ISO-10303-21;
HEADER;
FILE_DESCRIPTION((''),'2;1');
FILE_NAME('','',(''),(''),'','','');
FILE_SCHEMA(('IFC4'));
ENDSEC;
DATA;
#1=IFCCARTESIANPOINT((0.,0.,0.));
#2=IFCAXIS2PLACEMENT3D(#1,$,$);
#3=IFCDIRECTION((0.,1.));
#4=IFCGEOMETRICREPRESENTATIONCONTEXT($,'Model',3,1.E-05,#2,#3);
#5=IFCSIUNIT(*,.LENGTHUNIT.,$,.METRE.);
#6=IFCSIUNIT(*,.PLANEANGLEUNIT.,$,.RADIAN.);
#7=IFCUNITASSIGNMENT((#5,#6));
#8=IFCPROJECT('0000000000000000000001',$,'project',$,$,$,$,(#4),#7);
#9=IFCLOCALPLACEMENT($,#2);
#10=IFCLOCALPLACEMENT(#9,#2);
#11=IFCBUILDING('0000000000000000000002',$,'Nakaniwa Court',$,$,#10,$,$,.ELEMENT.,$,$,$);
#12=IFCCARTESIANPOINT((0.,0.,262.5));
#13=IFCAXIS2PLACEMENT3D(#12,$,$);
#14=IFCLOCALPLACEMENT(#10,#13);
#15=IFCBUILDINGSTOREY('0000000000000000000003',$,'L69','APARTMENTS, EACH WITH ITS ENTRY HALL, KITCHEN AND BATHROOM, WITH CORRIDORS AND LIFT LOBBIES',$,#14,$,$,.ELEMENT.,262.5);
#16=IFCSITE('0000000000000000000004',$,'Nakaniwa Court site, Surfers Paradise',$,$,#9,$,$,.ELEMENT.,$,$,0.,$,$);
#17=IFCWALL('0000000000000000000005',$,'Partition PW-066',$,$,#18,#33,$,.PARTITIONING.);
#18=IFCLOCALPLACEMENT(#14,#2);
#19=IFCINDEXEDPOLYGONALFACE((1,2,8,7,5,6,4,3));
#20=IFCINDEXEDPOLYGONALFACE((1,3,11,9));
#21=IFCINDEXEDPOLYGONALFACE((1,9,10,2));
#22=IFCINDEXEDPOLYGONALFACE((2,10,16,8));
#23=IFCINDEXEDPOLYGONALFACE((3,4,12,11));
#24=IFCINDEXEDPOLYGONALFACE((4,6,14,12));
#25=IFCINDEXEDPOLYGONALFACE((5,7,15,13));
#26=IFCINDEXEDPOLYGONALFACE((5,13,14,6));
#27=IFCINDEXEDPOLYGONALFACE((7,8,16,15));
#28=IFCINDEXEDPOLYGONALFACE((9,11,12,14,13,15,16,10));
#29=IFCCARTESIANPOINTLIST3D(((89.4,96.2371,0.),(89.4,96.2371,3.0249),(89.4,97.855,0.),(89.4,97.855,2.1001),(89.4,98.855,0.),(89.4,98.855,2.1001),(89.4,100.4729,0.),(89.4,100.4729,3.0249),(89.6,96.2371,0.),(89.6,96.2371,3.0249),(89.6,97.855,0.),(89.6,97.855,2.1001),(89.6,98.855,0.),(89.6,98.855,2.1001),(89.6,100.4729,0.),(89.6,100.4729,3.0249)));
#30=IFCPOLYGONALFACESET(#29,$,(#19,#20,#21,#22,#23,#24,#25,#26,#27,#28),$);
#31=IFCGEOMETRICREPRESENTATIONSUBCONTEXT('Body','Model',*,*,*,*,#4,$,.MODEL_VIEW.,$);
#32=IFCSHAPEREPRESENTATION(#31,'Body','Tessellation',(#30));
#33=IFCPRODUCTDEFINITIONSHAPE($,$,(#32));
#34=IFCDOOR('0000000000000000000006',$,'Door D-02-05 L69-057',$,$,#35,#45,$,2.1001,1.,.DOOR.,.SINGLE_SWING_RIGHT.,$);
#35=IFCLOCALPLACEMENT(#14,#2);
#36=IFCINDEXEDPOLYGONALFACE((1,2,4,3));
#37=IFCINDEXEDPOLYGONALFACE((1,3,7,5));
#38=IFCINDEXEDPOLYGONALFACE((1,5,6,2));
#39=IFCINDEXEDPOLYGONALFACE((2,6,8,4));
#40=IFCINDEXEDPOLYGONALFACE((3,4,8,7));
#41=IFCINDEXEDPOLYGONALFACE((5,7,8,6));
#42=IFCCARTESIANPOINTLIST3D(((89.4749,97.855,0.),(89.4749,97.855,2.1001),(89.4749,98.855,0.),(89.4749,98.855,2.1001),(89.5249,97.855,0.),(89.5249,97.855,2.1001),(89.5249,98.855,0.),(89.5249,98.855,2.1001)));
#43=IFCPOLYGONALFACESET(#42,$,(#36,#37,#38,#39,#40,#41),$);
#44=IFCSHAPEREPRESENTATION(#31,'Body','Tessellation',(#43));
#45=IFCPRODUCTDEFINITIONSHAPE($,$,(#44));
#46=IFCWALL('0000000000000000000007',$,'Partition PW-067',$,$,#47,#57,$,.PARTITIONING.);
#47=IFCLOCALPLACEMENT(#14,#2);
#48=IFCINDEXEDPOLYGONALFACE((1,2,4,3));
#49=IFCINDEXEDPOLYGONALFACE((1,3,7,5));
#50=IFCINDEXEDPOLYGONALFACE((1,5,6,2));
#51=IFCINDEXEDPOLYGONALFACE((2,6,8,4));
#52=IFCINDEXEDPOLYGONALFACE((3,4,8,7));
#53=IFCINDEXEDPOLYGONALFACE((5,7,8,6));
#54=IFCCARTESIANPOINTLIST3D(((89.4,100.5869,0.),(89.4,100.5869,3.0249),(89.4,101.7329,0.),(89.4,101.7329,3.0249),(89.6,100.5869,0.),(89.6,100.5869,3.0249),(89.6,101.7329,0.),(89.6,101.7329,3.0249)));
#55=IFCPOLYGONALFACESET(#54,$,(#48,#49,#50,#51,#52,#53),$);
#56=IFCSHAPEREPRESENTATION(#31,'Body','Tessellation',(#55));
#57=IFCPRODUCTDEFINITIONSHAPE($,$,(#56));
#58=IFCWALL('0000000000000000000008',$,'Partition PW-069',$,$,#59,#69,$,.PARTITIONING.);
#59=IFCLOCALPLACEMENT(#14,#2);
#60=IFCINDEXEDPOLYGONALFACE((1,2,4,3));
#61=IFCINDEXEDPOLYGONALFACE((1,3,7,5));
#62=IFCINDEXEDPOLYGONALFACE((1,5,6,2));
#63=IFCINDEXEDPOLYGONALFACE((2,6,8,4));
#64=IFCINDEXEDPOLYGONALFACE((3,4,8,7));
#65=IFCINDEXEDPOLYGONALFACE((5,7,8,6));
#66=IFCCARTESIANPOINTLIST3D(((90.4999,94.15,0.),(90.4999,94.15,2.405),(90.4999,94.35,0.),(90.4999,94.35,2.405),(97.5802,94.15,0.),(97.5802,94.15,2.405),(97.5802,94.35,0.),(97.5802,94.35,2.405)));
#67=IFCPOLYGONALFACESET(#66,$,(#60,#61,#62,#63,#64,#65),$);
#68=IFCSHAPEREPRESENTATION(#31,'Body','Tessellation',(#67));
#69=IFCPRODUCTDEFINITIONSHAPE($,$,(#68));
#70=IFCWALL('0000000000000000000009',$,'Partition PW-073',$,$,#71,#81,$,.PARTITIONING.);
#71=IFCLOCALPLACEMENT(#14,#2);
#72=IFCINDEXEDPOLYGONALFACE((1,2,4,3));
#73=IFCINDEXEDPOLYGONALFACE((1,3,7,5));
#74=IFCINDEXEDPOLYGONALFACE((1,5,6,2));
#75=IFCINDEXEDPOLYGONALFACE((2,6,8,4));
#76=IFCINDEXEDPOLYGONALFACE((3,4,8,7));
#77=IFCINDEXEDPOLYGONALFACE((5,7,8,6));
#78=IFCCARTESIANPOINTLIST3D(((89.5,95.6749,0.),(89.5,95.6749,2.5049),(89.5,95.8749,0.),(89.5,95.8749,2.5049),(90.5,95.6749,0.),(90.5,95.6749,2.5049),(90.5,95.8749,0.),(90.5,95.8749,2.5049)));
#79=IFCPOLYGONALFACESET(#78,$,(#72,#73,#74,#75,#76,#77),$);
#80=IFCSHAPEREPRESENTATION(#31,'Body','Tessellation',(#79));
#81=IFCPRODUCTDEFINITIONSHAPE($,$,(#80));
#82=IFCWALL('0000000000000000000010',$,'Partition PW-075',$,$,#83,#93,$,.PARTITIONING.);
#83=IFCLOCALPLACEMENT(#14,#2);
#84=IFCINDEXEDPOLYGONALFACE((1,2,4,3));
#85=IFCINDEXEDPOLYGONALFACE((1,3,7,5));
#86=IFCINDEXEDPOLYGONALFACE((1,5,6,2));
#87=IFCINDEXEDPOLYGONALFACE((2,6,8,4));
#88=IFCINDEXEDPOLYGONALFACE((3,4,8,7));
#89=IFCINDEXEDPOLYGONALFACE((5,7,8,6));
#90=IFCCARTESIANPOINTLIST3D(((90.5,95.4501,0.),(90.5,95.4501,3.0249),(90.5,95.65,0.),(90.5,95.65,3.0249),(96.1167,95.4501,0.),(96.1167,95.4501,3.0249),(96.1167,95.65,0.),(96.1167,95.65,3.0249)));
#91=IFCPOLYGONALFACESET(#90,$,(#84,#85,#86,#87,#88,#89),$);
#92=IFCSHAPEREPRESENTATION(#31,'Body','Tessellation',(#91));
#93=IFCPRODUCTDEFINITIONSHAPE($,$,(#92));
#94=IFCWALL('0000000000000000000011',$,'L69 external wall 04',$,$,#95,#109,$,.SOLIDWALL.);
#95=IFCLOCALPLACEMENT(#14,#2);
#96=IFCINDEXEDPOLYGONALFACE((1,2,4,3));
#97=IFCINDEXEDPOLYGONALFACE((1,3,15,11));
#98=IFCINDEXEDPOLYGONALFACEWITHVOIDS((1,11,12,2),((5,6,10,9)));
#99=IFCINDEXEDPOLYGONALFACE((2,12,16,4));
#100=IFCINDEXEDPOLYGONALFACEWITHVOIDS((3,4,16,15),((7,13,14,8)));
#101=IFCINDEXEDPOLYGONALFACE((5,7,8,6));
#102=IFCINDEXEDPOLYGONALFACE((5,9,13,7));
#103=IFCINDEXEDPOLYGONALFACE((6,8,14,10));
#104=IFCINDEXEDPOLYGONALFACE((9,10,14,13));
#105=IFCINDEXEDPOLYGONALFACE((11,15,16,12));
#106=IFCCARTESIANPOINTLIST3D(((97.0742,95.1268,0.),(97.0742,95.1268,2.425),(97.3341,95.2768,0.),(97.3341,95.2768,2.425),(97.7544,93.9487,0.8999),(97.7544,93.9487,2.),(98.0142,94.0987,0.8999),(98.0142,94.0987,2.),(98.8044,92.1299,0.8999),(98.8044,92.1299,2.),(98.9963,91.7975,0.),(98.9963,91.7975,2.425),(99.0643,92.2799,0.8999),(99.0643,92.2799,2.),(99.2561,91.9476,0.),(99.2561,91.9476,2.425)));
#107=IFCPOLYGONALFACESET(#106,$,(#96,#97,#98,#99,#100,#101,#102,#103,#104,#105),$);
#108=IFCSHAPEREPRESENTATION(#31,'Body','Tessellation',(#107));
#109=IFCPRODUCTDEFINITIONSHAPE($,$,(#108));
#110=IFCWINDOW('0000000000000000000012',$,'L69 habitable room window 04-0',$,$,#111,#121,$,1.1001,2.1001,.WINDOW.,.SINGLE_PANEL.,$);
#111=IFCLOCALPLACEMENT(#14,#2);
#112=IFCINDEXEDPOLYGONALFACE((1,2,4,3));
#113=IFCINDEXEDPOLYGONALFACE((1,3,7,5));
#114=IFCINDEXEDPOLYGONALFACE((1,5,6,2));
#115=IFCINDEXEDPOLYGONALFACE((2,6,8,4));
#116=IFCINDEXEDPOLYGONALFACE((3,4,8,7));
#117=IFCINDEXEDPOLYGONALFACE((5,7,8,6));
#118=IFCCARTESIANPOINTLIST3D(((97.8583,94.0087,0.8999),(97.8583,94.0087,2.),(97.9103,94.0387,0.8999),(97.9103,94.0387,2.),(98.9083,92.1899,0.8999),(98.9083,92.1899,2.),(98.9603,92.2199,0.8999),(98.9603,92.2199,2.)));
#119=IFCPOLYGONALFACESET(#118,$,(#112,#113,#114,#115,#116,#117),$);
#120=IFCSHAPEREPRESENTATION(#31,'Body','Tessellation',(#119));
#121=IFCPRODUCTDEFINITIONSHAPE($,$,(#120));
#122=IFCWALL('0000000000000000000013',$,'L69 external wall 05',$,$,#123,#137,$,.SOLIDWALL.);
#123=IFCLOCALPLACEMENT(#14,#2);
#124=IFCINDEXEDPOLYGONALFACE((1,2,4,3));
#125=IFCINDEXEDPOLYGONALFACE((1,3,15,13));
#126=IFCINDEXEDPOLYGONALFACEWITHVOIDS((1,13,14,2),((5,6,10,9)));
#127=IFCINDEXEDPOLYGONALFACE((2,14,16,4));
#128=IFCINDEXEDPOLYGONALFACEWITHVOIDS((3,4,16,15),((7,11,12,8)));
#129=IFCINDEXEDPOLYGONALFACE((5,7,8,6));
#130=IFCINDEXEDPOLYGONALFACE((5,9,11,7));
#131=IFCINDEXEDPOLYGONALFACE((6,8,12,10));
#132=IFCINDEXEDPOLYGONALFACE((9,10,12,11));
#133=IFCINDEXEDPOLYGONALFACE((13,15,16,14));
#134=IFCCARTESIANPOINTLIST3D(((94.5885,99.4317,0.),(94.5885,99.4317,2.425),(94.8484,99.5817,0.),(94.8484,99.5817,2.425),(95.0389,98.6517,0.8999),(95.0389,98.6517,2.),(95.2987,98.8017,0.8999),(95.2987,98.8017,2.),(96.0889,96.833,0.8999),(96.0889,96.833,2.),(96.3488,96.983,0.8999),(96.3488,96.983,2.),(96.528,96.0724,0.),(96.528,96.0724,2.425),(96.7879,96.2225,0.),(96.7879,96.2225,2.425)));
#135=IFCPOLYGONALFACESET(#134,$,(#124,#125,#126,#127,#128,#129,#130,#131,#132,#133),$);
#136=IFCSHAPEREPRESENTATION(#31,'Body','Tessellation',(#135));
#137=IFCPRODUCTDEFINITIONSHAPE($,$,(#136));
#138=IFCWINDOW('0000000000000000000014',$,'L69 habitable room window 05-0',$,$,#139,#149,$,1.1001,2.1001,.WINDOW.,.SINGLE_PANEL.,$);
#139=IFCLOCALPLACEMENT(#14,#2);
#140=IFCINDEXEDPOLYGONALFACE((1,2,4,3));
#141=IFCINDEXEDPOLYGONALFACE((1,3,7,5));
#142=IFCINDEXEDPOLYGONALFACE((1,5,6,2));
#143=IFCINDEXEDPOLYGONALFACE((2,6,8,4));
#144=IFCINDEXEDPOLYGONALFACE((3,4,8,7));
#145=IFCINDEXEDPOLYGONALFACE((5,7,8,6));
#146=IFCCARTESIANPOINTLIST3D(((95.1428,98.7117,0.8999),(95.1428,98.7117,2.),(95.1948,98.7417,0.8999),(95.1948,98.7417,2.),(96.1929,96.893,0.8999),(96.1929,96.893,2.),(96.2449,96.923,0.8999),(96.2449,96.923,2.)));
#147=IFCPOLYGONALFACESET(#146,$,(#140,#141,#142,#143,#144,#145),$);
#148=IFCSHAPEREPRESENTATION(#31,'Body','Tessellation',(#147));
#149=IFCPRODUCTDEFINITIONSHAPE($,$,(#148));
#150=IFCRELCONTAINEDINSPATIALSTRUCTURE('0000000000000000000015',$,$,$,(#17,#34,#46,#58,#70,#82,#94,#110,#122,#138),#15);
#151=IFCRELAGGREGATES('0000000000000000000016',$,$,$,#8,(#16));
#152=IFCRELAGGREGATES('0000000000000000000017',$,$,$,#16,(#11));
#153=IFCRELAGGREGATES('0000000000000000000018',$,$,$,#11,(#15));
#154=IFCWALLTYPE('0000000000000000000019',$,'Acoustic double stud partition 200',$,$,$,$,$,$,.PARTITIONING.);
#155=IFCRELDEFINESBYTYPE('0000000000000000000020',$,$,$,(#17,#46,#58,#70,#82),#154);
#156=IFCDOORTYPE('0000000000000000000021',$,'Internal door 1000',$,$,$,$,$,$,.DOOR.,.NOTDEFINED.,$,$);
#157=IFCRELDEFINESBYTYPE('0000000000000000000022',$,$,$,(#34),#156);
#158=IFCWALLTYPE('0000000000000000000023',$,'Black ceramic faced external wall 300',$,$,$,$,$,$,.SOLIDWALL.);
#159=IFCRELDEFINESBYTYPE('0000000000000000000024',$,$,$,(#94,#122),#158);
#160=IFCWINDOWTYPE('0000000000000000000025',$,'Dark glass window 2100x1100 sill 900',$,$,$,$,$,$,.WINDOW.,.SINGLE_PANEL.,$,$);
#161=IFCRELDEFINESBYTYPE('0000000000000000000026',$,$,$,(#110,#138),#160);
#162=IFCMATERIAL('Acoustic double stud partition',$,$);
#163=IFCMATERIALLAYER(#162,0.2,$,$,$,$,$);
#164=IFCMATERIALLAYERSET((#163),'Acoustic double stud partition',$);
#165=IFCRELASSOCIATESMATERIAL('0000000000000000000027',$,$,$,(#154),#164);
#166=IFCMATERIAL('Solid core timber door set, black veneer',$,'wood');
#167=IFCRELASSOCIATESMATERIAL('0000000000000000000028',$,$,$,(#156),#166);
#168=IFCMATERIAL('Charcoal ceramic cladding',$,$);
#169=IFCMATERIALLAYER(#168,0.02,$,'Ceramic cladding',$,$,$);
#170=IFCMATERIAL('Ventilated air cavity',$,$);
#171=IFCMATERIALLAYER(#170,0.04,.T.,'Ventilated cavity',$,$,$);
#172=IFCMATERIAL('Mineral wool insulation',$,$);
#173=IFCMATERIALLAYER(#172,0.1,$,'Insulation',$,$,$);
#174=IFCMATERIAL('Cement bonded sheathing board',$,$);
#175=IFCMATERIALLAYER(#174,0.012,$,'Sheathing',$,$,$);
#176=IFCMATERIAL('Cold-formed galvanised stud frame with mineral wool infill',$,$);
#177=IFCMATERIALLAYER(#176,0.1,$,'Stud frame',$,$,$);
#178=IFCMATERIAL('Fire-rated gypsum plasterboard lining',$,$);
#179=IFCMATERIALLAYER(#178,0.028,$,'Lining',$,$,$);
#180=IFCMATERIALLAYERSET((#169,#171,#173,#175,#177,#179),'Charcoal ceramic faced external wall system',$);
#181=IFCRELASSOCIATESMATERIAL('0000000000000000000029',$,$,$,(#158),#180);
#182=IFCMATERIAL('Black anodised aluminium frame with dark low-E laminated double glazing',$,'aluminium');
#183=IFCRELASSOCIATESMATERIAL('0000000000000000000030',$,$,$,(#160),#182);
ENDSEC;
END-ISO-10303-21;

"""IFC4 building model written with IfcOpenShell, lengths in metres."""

from ifc_helpers import new_model, si_unit, direction, frame, frame_2d, origin, place, context, subcontext, project, spatial, rectangle, extrude, material, layer, layer_set, type_object, element, fill, save


model = new_model("IFC4")

# Units and contexts
model_context = context("Model", 3, precision=1e-05, world=origin(), true_north=direction((0.0, 1.0)))
body_context = subcontext(model_context, "Body", "Model", "MODEL_VIEW")
ifc_project = project(units=[si_unit("LENGTHUNIT", "METRE"), si_unit("PLANEANGLEUNIT", "RADIAN")], contexts=[model_context])

# Site, building, storey
site_placement = place(None, origin())
site = spatial("IfcSite", under=ifc_project, at=site_placement, Name="Nakaniwa Court site, Surfers Paradise", CompositionType="ELEMENT", RefElevation=0.0)
building_placement = place(site_placement, origin())
building = spatial("IfcBuilding", under=site, at=building_placement, Name="Nakaniwa Court", CompositionType="ELEMENT")
storey_placement = place(building_placement, frame((0.0, 0.0, 262.5)))
storey = spatial("IfcBuildingStorey", under=building, at=storey_placement, Name="L69", Description="APARTMENTS, EACH WITH ITS ENTRY HALL, KITCHEN AND BATHROOM, WITH CORRIDORS AND LIFT LOBBIES", CompositionType="ELEMENT", Elevation=262.5)

# Wall, opening, door
ifc_material_1 = material(Name="Acoustic double stud partition")
ifc_layer_1 = layer(ifc_material_1, 0.2)
ifc_layer_set_1 = layer_set([ifc_layer_1], Name="Acoustic double stud partition")
wall_type_1 = type_object("IfcWallType", Name="Acoustic double stud partition 200", PredefinedType="PARTITIONING", material=ifc_layer_set_1)
wall_1_placement = place(storey_placement, frame((89.5, 100.4729, 0.0), z_axis=(0.0, 0.0, 1.0), x_axis=(0.0, -1.0, 0.0)))
wall_1 = element("IfcWall", 1, at=wall_1_placement, inside=storey, type_object=wall_type_1, Name="Partition PW-066", PredefinedType="PARTITIONING", context=body_context, shape_type="SweptSolid", body=[
    extrude(rectangle(XDim=4.2358, YDim=0.2, at=frame_2d((2.1179, 0.0))), origin(), (0.0, 0.0, 1.0), 3.0249),
])
opening_1_placement = place(wall_1_placement, frame((1.6179, 0.0, 0.0)))
opening_1 = element("IfcOpeningElement", 2, at=opening_1_placement, cuts=wall_1, PredefinedType="OPENING", context=body_context, shape_type="SweptSolid", body=[
    extrude(rectangle(XDim=1.0, YDim=2.1001, at=frame_2d((0.5, 1.05))), frame((0.0, 0.1099, 0.0), z_axis=(0.0, -1.0, 0.0), x_axis=(1.0, 0.0, 0.0)), (0.0, 0.0, 1.0), 0.22),
])
ifc_material_2 = material(Name="Solid core timber door set, black veneer", Category="wood")
door_type = type_object("IfcDoorType", Name="Internal door 1000", OperationType="NOTDEFINED", PredefinedType="DOOR", material=ifc_material_2)
door_placement = place(opening_1_placement, origin())
door = element("IfcDoor", 3, at=door_placement, inside=storey, type_object=door_type, Name="Door D-02-05 L69-057", OperationType="SINGLE_SWING_RIGHT", OverallHeight=2.1001, OverallWidth=1.0, PredefinedType="DOOR", context=body_context, shape_type="SweptSolid", body=[
    extrude(rectangle(XDim=1.0, YDim=2.1001, at=frame_2d((0.5, 1.05))), frame((0.0, 0.0249, 0.0), z_axis=(0.0, -1.0, 0.0), x_axis=(1.0, 0.0, 0.0)), (0.0, 0.0, 1.0), 0.05),
])
fill(opening_1, door)

# Walls
wall_2_placement = place(storey_placement, frame((89.5, 100.5869, 0.0), z_axis=(0.0, 0.0, 1.0), x_axis=(0.0, 1.0, 0.0)))
element("IfcWall", 4, at=wall_2_placement, inside=storey, type_object=wall_type_1, Name="Partition PW-067", PredefinedType="PARTITIONING", context=body_context, shape_type="SweptSolid", body=[
    extrude(rectangle(XDim=1.146, YDim=0.2, at=frame_2d((0.573, 0.0))), origin(), (0.0, 0.0, 1.0), 3.0249),
])
wall_3_placement = place(storey_placement, frame((90.5, 94.25, 0.0), z_axis=(0.0, 0.0, 1.0), x_axis=(1.0, 0.0, 0.0)))
element("IfcWall", 5, at=wall_3_placement, inside=storey, type_object=wall_type_1, Name="Partition PW-069", PredefinedType="PARTITIONING", context=body_context, shape_type="SweptSolid", body=[
    extrude(rectangle(XDim=7.0803, YDim=0.2, at=frame_2d((3.54, 0.0))), origin(), (0.0, 0.0, 1.0), 2.405),
])
wall_4_placement = place(storey_placement, frame((89.5, 95.7749, 0.0), z_axis=(0.0, 0.0, 1.0), x_axis=(1.0, 0.0, 0.0)))
element("IfcWall", 6, at=wall_4_placement, inside=storey, type_object=wall_type_1, Name="Partition PW-073", PredefinedType="PARTITIONING", context=body_context, shape_type="SweptSolid", body=[
    extrude(rectangle(XDim=1.0, YDim=0.2, at=frame_2d((0.5, 0.0))), origin(), (0.0, 0.0, 1.0), 2.5049),
])
wall_5_placement = place(storey_placement, frame((90.5, 95.55, 0.0), z_axis=(0.0, 0.0, 1.0), x_axis=(1.0, 0.0, 0.0)))
element("IfcWall", 7, at=wall_5_placement, inside=storey, type_object=wall_type_1, Name="Partition PW-075", PredefinedType="PARTITIONING", context=body_context, shape_type="SweptSolid", body=[
    extrude(rectangle(XDim=5.6167, YDim=0.2, at=frame_2d((2.8083, 0.0))), origin(), (0.0, 0.0, 1.0), 3.0249),
])

# Walls, openings, windows
ifc_material_3 = material(Name="Charcoal ceramic cladding")
ifc_layer_2 = layer(ifc_material_3, 0.02, Name="Ceramic cladding")
ifc_material_4 = material(Name="Ventilated air cavity")
ifc_layer_3 = layer(ifc_material_4, 0.04, ventilated=True, Name="Ventilated cavity")
ifc_material_5 = material(Name="Mineral wool insulation")
ifc_layer_4 = layer(ifc_material_5, 0.1, Name="Insulation")
ifc_material_6 = material(Name="Cement bonded sheathing board")
ifc_layer_5 = layer(ifc_material_6, 0.012, Name="Sheathing")
ifc_material_7 = material(Name="Cold-formed galvanised stud frame with mineral wool infill")
ifc_layer_6 = layer(ifc_material_7, 0.1, Name="Stud frame")
ifc_material_8 = material(Name="Fire-rated gypsum plasterboard lining")
ifc_layer_7 = layer(ifc_material_8, 0.028, Name="Lining")
ifc_layer_set_2 = layer_set([ifc_layer_2, ifc_layer_3, ifc_layer_4, ifc_layer_5, ifc_layer_6, ifc_layer_7], Name="Charcoal ceramic faced external wall system")
wall_type_2 = type_object("IfcWallType", Name="Black ceramic faced external wall 300", PredefinedType="SOLIDWALL", material=ifc_layer_set_2)
wall_6_placement = place(storey_placement, frame((99.1262, 91.8726, 0.0), z_axis=(0.0, 0.0, 1.0), x_axis=(-0.499984, 0.866034, 0.0)))
wall_6 = element("IfcWall", 8, at=wall_6_placement, inside=storey, type_object=wall_type_2, Name="L69 external wall 04", PredefinedType="SOLIDWALL", context=body_context, shape_type="SweptSolid", body=[
    extrude(rectangle(XDim=3.8442, YDim=0.3, at=frame_2d((1.9221, 0.0))), origin(), (0.0, 0.0, 1.0), 2.425),
])
opening_2_placement = place(wall_6_placement, frame((0.3838, 0.0, 0.8999)))
opening_2 = element("IfcOpeningElement", 9, at=opening_2_placement, cuts=wall_6, PredefinedType="OPENING", context=body_context, shape_type="SweptSolid", body=[
    extrude(rectangle(XDim=2.1001, YDim=1.1001, at=frame_2d((1.05, 0.55))), frame((0.0, 0.1599, 0.0), z_axis=(0.0, -1.0, 0.0), x_axis=(1.0, 0.0, 0.0)), (0.0, 0.0, 1.0), 0.3201),
])
ifc_material_9 = material(Name="Black anodised aluminium frame with dark low-E laminated double glazing", Category="aluminium")
window_type_1 = type_object("IfcWindowType", Name="Dark glass window 2100x1100 sill 900", PartitioningType="SINGLE_PANEL", PredefinedType="WINDOW", material=ifc_material_9)
window_1_placement = place(opening_2_placement, origin())
window_1 = element("IfcWindow", 10, at=window_1_placement, inside=storey, type_object=window_type_1, Name="L69 habitable room window 04-0", OverallHeight=1.1001, OverallWidth=2.1001, PartitioningType="SINGLE_PANEL", PredefinedType="WINDOW", context=body_context, shape_type="SweptSolid", body=[
    extrude(rectangle(XDim=2.1001, YDim=1.1001, at=frame_2d((1.05, 0.55))), frame((0.0, 0.03, 0.0), z_axis=(0.0, -1.0, 0.0), x_axis=(1.0, 0.0, 0.0)), (0.0, 0.0, 1.0), 0.0601),
])
fill(opening_2, window_1)
wall_7_placement = place(storey_placement, frame((96.658, 96.1475, 0.0), z_axis=(0.0, 0.0, 1.0), x_axis=(-0.500011, 0.866019, 0.0)))
wall_7 = element("IfcWall", 11, at=wall_7_placement, inside=storey, type_object=wall_type_2, Name="L69 external wall 05", PredefinedType="SOLIDWALL", context=body_context, shape_type="SweptSolid", body=[
    extrude(rectangle(XDim=3.8789, YDim=0.3, at=frame_2d((1.9395, 0.0))), origin(), (0.0, 0.0, 1.0), 2.425),
])
opening_3_placement = place(wall_7_placement, frame((0.8782, 0.0, 0.8999)))
opening_3 = element("IfcOpeningElement", 12, at=opening_3_placement, cuts=wall_7, PredefinedType="OPENING", context=body_context, shape_type="SweptSolid", body=[
    extrude(rectangle(XDim=2.1001, YDim=1.1001, at=frame_2d((1.05, 0.55))), frame((0.0, 0.1599, 0.0), z_axis=(0.0, -1.0, 0.0), x_axis=(1.0, 0.0, 0.0)), (0.0, 0.0, 1.0), 0.3201),
])
window_2_placement = place(opening_3_placement, origin())
window_2 = element("IfcWindow", 13, at=window_2_placement, inside=storey, type_object=window_type_1, Name="L69 habitable room window 05-0", OverallHeight=1.1001, OverallWidth=2.1001, PartitioningType="SINGLE_PANEL", PredefinedType="WINDOW", context=body_context, shape_type="SweptSolid", body=[
    extrude(rectangle(XDim=2.1001, YDim=1.1001, at=frame_2d((1.05, 0.55))), frame((0.0, 0.03, 0.0), z_axis=(0.0, -1.0, 0.0), x_axis=(1.0, 0.0, 0.0)), (0.0, 0.0, 1.0), 0.0601),
])
fill(opening_3, window_2)

save(model, "model.ifc")
